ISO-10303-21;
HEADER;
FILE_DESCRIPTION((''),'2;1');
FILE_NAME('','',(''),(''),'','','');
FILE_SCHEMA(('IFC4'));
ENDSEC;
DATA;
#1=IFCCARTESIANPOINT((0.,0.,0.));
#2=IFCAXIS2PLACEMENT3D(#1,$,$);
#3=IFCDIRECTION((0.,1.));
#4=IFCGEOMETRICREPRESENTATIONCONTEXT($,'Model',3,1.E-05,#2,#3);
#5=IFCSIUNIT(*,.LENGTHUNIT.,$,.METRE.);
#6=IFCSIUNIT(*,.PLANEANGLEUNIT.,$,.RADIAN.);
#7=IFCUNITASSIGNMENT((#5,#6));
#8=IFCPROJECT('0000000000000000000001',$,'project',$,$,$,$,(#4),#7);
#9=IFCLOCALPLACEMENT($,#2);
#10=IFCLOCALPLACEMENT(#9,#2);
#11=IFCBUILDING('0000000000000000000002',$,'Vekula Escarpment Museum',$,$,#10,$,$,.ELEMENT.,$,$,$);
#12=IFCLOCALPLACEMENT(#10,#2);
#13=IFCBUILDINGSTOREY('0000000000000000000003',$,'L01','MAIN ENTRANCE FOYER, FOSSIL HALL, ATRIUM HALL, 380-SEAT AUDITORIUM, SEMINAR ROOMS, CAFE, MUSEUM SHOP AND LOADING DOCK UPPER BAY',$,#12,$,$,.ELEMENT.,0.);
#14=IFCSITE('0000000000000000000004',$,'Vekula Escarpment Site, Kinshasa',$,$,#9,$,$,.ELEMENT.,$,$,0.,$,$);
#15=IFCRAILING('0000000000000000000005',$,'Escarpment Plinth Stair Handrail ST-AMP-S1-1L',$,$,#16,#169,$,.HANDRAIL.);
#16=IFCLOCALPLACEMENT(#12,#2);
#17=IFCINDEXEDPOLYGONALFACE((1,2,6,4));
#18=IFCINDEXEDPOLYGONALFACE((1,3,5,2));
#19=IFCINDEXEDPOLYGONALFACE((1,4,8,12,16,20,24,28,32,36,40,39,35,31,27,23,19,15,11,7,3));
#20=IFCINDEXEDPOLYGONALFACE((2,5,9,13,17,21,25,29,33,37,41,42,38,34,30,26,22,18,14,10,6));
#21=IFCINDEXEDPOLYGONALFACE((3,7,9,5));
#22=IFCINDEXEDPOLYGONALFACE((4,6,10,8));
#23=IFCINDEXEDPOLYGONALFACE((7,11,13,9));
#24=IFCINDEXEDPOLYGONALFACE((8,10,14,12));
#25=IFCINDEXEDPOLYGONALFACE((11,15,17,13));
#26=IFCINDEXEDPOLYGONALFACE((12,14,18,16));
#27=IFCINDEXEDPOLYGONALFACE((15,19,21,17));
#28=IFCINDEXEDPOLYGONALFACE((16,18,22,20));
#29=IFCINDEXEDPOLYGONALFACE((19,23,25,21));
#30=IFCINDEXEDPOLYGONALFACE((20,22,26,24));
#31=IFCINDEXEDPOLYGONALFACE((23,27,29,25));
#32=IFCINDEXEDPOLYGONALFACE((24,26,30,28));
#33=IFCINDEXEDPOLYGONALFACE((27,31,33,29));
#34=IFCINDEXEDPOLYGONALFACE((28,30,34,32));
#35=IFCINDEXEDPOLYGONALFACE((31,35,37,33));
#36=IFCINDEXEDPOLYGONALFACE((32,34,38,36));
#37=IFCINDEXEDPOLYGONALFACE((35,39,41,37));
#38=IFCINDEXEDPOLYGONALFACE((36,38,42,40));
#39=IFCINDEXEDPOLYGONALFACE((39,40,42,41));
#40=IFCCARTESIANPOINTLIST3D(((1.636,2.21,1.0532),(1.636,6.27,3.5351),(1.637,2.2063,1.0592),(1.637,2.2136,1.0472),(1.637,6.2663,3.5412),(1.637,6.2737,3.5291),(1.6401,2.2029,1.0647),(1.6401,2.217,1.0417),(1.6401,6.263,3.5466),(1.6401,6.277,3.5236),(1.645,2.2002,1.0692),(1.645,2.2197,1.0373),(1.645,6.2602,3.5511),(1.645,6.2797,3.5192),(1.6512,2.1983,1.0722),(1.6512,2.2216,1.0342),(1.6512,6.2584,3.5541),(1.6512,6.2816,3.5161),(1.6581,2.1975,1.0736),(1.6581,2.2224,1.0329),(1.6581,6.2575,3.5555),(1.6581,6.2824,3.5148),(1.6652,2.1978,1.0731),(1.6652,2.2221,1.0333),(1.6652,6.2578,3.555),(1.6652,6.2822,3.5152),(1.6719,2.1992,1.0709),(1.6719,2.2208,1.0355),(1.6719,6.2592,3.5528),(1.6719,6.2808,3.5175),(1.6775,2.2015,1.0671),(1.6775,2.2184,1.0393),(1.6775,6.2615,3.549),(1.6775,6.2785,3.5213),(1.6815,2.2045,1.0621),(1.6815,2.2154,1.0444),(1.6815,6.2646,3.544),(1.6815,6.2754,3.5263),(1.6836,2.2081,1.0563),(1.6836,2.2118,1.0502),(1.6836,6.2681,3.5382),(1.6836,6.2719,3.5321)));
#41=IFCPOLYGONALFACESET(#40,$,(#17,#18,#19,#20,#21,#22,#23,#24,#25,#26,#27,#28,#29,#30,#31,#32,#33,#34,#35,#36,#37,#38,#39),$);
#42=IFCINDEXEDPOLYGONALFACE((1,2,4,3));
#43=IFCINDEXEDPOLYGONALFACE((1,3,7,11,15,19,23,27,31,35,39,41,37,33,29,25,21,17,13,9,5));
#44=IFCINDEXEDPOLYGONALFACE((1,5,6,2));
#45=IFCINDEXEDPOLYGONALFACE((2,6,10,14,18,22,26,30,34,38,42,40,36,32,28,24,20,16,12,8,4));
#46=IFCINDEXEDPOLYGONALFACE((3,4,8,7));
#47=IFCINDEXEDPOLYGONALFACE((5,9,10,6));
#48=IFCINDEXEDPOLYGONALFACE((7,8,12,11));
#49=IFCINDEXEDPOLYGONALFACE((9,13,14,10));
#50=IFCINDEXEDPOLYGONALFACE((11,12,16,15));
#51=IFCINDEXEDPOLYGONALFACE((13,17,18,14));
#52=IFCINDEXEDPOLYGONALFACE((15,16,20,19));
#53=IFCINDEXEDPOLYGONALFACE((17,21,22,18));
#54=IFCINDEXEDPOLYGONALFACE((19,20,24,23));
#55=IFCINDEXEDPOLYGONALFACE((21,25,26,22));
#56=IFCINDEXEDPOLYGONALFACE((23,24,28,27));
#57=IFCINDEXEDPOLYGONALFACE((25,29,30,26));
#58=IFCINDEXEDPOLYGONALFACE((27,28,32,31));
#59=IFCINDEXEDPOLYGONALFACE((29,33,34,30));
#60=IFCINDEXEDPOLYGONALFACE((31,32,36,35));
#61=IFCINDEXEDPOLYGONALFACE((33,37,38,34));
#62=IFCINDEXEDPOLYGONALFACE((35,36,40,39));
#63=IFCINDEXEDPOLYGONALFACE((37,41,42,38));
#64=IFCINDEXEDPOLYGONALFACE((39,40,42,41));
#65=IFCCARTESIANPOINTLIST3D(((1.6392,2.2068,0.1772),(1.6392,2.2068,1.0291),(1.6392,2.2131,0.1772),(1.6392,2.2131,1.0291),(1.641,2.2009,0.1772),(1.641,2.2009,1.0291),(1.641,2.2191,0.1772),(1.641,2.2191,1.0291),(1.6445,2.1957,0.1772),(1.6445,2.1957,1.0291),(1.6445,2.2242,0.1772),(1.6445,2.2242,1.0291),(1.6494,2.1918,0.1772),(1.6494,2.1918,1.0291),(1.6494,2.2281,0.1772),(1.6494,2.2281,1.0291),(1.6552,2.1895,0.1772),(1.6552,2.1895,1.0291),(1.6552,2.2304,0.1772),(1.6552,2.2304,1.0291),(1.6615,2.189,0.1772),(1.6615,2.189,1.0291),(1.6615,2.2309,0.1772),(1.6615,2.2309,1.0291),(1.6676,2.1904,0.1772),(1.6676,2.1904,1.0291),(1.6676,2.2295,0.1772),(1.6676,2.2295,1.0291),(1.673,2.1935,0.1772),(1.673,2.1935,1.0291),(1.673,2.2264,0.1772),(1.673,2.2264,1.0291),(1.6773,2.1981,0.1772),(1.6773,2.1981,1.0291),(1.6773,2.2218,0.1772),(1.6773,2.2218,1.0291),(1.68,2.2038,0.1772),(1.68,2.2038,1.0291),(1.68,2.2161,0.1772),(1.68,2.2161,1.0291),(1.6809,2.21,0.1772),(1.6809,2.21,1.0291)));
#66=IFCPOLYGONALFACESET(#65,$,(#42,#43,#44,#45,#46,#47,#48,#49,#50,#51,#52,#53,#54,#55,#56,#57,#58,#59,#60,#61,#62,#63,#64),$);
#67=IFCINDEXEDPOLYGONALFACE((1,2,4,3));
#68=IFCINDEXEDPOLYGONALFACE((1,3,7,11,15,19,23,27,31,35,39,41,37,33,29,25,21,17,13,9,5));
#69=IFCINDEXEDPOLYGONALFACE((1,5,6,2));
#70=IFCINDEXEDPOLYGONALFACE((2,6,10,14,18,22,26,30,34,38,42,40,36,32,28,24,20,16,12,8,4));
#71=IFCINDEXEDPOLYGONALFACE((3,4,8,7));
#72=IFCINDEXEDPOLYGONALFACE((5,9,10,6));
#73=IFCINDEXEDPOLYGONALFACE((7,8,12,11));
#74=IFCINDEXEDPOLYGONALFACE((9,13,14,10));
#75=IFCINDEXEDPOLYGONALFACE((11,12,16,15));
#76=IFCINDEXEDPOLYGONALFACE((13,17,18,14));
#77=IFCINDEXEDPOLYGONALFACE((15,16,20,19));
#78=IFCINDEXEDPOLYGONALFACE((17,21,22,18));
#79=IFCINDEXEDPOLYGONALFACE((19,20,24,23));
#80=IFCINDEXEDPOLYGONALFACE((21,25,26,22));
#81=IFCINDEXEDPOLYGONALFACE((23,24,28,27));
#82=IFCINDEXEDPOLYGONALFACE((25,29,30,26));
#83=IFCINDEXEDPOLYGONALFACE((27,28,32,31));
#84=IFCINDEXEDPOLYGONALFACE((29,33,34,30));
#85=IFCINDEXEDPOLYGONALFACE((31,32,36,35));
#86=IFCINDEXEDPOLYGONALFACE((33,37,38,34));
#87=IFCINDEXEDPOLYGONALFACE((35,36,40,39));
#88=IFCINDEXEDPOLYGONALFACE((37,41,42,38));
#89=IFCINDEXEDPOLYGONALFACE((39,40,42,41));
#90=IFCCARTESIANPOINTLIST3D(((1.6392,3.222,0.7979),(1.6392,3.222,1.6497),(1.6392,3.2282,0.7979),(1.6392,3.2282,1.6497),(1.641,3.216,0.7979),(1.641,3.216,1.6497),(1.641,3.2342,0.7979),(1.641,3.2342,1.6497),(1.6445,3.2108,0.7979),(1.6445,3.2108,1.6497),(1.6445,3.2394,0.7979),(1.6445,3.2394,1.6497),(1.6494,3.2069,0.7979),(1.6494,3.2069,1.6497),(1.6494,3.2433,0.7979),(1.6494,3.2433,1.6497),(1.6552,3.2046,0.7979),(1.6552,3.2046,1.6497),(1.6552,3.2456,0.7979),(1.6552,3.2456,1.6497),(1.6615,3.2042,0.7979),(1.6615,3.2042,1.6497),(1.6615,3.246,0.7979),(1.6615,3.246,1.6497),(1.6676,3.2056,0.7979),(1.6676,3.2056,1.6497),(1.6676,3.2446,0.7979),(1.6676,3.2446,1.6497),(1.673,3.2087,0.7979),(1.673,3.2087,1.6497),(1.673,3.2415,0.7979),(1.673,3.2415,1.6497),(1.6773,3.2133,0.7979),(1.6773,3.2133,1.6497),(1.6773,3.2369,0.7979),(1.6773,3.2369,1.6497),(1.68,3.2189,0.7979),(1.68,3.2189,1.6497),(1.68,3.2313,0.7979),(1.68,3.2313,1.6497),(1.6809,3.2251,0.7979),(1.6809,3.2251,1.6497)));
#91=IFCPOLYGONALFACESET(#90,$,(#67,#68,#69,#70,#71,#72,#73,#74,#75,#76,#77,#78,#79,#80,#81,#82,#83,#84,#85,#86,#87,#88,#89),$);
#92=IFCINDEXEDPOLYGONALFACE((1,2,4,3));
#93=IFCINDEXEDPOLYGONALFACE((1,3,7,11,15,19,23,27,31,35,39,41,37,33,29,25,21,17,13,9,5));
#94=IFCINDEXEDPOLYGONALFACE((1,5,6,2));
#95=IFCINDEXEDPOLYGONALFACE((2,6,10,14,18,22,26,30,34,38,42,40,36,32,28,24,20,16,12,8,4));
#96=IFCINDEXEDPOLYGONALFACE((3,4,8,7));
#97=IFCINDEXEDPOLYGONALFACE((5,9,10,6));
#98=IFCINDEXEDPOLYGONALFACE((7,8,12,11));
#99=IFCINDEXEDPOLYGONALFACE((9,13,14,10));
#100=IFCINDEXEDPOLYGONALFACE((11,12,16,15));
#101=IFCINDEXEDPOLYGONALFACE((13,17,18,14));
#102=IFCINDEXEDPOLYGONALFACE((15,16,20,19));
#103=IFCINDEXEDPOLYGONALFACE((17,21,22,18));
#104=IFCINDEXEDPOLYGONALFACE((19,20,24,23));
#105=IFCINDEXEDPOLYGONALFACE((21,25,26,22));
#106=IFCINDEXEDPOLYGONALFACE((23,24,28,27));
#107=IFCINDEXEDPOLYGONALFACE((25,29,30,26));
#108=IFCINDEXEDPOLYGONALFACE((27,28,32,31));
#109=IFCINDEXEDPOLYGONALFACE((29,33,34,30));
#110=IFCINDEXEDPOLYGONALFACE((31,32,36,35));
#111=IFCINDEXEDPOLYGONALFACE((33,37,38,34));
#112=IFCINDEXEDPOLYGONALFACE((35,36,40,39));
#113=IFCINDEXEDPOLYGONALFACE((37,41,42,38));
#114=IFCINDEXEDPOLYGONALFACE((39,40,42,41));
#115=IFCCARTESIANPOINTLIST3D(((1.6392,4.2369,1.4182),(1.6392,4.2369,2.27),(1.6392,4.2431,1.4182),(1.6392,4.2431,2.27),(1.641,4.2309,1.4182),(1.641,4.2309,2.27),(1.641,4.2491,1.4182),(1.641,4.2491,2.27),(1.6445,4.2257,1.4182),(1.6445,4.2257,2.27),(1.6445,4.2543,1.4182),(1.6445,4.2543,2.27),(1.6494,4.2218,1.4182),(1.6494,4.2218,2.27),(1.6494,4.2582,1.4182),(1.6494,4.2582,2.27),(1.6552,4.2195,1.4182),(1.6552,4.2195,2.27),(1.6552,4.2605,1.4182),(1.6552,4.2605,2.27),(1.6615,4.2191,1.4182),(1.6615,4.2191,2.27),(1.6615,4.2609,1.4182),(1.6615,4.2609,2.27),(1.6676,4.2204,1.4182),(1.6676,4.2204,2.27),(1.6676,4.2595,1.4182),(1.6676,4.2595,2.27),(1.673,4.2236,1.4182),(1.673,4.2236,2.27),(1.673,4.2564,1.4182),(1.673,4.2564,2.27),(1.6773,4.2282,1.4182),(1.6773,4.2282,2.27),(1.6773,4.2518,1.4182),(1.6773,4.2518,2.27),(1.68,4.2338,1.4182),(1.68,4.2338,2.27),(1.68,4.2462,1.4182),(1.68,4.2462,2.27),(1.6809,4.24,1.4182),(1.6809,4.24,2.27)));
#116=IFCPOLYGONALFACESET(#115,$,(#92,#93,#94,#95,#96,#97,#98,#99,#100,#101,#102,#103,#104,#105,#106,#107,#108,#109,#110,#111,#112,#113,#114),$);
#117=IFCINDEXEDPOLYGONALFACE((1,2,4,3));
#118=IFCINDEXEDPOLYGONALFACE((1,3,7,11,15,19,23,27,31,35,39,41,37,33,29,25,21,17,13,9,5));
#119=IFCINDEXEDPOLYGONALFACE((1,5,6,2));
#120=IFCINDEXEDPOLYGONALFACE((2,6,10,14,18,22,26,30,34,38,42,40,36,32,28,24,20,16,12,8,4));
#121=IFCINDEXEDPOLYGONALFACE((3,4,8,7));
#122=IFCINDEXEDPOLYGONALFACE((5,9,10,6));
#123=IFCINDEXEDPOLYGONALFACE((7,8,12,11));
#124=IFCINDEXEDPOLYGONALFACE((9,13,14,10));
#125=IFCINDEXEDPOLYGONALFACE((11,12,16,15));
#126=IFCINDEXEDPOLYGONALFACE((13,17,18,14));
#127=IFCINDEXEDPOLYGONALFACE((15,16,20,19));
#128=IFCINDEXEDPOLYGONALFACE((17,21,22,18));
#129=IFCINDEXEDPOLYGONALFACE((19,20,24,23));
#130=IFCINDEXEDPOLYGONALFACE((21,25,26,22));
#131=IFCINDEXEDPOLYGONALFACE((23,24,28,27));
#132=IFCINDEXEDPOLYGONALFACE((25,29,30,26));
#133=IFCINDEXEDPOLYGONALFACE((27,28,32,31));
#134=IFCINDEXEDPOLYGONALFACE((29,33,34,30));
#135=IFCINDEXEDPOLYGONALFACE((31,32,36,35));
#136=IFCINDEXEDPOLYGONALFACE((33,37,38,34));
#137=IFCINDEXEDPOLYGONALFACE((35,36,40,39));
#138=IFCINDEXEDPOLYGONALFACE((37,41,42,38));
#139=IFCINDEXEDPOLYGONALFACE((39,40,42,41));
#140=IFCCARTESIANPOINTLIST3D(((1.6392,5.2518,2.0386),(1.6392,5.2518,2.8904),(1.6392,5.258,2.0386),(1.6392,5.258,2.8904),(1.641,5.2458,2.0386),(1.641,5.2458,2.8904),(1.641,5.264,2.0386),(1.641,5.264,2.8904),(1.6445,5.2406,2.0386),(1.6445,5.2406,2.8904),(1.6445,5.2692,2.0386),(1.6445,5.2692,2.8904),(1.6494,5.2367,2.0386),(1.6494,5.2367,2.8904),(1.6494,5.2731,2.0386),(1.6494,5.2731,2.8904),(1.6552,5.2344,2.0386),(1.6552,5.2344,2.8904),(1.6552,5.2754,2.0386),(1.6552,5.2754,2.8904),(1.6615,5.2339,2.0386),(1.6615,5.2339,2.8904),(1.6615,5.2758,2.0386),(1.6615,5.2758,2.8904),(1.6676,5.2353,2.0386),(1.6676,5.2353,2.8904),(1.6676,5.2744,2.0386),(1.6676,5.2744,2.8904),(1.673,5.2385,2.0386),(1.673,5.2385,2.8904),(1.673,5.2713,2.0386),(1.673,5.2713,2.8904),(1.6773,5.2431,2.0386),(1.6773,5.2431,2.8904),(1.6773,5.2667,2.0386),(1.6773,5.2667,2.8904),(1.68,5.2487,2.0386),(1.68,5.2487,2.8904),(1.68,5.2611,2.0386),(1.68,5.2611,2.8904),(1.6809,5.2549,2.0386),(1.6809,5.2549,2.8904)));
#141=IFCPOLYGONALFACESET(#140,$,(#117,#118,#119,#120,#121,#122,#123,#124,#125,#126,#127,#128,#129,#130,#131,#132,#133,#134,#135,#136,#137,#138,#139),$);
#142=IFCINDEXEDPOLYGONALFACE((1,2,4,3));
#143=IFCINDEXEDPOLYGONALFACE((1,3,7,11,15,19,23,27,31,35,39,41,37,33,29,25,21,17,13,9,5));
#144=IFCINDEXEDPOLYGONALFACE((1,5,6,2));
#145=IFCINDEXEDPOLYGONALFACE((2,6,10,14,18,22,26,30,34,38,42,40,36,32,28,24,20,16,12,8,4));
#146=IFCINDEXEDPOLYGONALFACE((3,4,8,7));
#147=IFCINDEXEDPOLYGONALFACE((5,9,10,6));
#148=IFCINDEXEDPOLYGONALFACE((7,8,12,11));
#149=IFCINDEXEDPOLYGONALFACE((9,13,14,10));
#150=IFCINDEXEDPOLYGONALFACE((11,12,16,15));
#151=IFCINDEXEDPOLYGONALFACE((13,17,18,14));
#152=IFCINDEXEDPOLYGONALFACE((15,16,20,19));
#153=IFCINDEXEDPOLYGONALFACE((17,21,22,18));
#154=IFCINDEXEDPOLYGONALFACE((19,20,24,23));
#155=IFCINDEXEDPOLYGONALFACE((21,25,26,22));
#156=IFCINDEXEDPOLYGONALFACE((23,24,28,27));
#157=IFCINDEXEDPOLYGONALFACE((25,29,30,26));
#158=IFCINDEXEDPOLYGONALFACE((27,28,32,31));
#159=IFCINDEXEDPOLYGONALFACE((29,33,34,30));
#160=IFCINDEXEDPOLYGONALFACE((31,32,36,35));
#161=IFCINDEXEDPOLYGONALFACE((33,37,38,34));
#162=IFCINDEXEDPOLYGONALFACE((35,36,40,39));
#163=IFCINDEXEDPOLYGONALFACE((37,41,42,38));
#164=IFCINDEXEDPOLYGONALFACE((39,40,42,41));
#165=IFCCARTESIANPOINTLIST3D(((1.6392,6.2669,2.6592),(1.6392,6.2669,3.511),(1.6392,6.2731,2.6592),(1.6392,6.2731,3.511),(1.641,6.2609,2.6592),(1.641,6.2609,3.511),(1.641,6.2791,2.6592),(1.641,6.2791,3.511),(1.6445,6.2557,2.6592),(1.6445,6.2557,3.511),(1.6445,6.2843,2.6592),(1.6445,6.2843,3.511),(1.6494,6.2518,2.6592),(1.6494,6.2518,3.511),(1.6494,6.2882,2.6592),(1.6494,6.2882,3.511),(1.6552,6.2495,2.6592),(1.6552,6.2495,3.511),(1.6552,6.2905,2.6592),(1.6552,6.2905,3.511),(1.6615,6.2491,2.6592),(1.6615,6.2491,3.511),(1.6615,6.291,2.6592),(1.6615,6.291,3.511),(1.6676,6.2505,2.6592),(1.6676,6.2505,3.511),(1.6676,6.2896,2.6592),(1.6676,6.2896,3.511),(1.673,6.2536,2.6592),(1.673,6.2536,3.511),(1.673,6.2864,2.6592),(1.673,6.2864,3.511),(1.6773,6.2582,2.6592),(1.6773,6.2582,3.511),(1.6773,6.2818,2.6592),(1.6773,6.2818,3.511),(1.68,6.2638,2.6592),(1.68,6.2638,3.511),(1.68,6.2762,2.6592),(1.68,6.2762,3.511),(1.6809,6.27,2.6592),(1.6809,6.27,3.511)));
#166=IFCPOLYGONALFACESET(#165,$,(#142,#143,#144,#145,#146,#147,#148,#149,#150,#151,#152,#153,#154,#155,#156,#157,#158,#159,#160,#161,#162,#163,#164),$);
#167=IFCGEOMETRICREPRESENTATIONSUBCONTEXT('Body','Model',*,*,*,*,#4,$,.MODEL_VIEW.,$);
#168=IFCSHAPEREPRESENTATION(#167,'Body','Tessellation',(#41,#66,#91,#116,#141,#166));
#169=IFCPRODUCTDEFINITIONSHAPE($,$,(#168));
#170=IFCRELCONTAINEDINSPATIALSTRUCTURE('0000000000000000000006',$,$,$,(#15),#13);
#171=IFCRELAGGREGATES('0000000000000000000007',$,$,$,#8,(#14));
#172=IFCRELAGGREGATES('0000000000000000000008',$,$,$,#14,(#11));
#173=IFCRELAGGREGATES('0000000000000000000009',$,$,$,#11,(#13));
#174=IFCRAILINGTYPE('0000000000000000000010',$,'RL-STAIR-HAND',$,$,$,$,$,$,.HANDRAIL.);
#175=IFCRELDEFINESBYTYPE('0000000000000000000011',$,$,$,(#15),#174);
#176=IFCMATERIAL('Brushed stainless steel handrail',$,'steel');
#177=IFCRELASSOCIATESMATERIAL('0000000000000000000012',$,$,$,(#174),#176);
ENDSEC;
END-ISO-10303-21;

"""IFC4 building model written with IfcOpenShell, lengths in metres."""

from ifc_helpers import new_model, si_unit, direction, frame, origin, origin_2d, place, context, subcontext, project, spatial, circle, extrude, material, type_object, element, save


model = new_model("IFC4")

# Units and contexts
model_context = context("Model", 3, precision=1e-05, world=origin(), true_north=direction((0.0, 1.0)))
body_context = subcontext(model_context, "Body", "Model", "MODEL_VIEW")
ifc_project = project(units=[si_unit("LENGTHUNIT", "METRE"), si_unit("PLANEANGLEUNIT", "RADIAN")], contexts=[model_context])

# Site, building, storey
site_placement = place(None, origin())
site = spatial("IfcSite", under=ifc_project, at=site_placement, Name="Vekula Escarpment Site, Kinshasa", CompositionType="ELEMENT", RefElevation=0.0)
building_placement = place(site_placement, origin())
building = spatial("IfcBuilding", under=site, at=building_placement, Name="Vekula Escarpment Museum", CompositionType="ELEMENT")
storey_placement = place(building_placement, origin())
storey = spatial("IfcBuildingStorey", under=building, at=storey_placement, Name="L01", Description="MAIN ENTRANCE FOYER, FOSSIL HALL, ATRIUM HALL, 380-SEAT AUDITORIUM, SEMINAR ROOMS, CAFE, MUSEUM SHOP AND LOADING DOCK UPPER BAY", CompositionType="ELEMENT", Elevation=0.0)

# Railing
ifc_material_1 = material(Name="Brushed stainless steel handrail", Category="steel")
railing_type_1 = type_object("IfcRailingType", Name="RL-STAIR-HAND", PredefinedType="HANDRAIL", material=ifc_material_1)
for number, where, name in (
    (1, (1.6599, 2.21, 0.1772), "Escarpment Plinth Stair Handrail ST-AMP-S1-1L"),
):
    element("IfcRailing", number, at=place(storey_placement, frame(where)), inside=storey, type_object=railing_type_1, Name=name, PredefinedType="HANDRAIL", context=body_context, shape_type="SweptSolid", body=[
        extrude(circle(Radius=0.0239, at=origin_2d()), frame((0.0, 0.0, 0.876), z_axis=(0.0, 0.853208, 0.52157), x_axis=(-1.0, 0.0, 0.0)), (0.0, 0.0, 1.0), 4.7585),
        extrude(circle(Radius=0.021, at=origin_2d()), origin(), (0.0, 0.0, 1.0), 0.8518),
        extrude(circle(Radius=0.021, at=origin_2d()), frame((0.0, 1.0151, 0.6206)), (0.0, 0.0, 1.0), 0.8518),
        extrude(circle(Radius=0.021, at=origin_2d()), frame((0.0, 2.03, 1.241)), (0.0, 0.0, 1.0), 0.8518),
        extrude(circle(Radius=0.021, at=origin_2d()), frame((0.0, 3.0449, 1.8613)), (0.0, 0.0, 1.0), 0.8518),
        extrude(circle(Radius=0.021, at=origin_2d()), frame((0.0, 4.0601, 2.4819)), (0.0, 0.0, 1.0), 0.8518),
    ])

save(model, "model.ifc")
